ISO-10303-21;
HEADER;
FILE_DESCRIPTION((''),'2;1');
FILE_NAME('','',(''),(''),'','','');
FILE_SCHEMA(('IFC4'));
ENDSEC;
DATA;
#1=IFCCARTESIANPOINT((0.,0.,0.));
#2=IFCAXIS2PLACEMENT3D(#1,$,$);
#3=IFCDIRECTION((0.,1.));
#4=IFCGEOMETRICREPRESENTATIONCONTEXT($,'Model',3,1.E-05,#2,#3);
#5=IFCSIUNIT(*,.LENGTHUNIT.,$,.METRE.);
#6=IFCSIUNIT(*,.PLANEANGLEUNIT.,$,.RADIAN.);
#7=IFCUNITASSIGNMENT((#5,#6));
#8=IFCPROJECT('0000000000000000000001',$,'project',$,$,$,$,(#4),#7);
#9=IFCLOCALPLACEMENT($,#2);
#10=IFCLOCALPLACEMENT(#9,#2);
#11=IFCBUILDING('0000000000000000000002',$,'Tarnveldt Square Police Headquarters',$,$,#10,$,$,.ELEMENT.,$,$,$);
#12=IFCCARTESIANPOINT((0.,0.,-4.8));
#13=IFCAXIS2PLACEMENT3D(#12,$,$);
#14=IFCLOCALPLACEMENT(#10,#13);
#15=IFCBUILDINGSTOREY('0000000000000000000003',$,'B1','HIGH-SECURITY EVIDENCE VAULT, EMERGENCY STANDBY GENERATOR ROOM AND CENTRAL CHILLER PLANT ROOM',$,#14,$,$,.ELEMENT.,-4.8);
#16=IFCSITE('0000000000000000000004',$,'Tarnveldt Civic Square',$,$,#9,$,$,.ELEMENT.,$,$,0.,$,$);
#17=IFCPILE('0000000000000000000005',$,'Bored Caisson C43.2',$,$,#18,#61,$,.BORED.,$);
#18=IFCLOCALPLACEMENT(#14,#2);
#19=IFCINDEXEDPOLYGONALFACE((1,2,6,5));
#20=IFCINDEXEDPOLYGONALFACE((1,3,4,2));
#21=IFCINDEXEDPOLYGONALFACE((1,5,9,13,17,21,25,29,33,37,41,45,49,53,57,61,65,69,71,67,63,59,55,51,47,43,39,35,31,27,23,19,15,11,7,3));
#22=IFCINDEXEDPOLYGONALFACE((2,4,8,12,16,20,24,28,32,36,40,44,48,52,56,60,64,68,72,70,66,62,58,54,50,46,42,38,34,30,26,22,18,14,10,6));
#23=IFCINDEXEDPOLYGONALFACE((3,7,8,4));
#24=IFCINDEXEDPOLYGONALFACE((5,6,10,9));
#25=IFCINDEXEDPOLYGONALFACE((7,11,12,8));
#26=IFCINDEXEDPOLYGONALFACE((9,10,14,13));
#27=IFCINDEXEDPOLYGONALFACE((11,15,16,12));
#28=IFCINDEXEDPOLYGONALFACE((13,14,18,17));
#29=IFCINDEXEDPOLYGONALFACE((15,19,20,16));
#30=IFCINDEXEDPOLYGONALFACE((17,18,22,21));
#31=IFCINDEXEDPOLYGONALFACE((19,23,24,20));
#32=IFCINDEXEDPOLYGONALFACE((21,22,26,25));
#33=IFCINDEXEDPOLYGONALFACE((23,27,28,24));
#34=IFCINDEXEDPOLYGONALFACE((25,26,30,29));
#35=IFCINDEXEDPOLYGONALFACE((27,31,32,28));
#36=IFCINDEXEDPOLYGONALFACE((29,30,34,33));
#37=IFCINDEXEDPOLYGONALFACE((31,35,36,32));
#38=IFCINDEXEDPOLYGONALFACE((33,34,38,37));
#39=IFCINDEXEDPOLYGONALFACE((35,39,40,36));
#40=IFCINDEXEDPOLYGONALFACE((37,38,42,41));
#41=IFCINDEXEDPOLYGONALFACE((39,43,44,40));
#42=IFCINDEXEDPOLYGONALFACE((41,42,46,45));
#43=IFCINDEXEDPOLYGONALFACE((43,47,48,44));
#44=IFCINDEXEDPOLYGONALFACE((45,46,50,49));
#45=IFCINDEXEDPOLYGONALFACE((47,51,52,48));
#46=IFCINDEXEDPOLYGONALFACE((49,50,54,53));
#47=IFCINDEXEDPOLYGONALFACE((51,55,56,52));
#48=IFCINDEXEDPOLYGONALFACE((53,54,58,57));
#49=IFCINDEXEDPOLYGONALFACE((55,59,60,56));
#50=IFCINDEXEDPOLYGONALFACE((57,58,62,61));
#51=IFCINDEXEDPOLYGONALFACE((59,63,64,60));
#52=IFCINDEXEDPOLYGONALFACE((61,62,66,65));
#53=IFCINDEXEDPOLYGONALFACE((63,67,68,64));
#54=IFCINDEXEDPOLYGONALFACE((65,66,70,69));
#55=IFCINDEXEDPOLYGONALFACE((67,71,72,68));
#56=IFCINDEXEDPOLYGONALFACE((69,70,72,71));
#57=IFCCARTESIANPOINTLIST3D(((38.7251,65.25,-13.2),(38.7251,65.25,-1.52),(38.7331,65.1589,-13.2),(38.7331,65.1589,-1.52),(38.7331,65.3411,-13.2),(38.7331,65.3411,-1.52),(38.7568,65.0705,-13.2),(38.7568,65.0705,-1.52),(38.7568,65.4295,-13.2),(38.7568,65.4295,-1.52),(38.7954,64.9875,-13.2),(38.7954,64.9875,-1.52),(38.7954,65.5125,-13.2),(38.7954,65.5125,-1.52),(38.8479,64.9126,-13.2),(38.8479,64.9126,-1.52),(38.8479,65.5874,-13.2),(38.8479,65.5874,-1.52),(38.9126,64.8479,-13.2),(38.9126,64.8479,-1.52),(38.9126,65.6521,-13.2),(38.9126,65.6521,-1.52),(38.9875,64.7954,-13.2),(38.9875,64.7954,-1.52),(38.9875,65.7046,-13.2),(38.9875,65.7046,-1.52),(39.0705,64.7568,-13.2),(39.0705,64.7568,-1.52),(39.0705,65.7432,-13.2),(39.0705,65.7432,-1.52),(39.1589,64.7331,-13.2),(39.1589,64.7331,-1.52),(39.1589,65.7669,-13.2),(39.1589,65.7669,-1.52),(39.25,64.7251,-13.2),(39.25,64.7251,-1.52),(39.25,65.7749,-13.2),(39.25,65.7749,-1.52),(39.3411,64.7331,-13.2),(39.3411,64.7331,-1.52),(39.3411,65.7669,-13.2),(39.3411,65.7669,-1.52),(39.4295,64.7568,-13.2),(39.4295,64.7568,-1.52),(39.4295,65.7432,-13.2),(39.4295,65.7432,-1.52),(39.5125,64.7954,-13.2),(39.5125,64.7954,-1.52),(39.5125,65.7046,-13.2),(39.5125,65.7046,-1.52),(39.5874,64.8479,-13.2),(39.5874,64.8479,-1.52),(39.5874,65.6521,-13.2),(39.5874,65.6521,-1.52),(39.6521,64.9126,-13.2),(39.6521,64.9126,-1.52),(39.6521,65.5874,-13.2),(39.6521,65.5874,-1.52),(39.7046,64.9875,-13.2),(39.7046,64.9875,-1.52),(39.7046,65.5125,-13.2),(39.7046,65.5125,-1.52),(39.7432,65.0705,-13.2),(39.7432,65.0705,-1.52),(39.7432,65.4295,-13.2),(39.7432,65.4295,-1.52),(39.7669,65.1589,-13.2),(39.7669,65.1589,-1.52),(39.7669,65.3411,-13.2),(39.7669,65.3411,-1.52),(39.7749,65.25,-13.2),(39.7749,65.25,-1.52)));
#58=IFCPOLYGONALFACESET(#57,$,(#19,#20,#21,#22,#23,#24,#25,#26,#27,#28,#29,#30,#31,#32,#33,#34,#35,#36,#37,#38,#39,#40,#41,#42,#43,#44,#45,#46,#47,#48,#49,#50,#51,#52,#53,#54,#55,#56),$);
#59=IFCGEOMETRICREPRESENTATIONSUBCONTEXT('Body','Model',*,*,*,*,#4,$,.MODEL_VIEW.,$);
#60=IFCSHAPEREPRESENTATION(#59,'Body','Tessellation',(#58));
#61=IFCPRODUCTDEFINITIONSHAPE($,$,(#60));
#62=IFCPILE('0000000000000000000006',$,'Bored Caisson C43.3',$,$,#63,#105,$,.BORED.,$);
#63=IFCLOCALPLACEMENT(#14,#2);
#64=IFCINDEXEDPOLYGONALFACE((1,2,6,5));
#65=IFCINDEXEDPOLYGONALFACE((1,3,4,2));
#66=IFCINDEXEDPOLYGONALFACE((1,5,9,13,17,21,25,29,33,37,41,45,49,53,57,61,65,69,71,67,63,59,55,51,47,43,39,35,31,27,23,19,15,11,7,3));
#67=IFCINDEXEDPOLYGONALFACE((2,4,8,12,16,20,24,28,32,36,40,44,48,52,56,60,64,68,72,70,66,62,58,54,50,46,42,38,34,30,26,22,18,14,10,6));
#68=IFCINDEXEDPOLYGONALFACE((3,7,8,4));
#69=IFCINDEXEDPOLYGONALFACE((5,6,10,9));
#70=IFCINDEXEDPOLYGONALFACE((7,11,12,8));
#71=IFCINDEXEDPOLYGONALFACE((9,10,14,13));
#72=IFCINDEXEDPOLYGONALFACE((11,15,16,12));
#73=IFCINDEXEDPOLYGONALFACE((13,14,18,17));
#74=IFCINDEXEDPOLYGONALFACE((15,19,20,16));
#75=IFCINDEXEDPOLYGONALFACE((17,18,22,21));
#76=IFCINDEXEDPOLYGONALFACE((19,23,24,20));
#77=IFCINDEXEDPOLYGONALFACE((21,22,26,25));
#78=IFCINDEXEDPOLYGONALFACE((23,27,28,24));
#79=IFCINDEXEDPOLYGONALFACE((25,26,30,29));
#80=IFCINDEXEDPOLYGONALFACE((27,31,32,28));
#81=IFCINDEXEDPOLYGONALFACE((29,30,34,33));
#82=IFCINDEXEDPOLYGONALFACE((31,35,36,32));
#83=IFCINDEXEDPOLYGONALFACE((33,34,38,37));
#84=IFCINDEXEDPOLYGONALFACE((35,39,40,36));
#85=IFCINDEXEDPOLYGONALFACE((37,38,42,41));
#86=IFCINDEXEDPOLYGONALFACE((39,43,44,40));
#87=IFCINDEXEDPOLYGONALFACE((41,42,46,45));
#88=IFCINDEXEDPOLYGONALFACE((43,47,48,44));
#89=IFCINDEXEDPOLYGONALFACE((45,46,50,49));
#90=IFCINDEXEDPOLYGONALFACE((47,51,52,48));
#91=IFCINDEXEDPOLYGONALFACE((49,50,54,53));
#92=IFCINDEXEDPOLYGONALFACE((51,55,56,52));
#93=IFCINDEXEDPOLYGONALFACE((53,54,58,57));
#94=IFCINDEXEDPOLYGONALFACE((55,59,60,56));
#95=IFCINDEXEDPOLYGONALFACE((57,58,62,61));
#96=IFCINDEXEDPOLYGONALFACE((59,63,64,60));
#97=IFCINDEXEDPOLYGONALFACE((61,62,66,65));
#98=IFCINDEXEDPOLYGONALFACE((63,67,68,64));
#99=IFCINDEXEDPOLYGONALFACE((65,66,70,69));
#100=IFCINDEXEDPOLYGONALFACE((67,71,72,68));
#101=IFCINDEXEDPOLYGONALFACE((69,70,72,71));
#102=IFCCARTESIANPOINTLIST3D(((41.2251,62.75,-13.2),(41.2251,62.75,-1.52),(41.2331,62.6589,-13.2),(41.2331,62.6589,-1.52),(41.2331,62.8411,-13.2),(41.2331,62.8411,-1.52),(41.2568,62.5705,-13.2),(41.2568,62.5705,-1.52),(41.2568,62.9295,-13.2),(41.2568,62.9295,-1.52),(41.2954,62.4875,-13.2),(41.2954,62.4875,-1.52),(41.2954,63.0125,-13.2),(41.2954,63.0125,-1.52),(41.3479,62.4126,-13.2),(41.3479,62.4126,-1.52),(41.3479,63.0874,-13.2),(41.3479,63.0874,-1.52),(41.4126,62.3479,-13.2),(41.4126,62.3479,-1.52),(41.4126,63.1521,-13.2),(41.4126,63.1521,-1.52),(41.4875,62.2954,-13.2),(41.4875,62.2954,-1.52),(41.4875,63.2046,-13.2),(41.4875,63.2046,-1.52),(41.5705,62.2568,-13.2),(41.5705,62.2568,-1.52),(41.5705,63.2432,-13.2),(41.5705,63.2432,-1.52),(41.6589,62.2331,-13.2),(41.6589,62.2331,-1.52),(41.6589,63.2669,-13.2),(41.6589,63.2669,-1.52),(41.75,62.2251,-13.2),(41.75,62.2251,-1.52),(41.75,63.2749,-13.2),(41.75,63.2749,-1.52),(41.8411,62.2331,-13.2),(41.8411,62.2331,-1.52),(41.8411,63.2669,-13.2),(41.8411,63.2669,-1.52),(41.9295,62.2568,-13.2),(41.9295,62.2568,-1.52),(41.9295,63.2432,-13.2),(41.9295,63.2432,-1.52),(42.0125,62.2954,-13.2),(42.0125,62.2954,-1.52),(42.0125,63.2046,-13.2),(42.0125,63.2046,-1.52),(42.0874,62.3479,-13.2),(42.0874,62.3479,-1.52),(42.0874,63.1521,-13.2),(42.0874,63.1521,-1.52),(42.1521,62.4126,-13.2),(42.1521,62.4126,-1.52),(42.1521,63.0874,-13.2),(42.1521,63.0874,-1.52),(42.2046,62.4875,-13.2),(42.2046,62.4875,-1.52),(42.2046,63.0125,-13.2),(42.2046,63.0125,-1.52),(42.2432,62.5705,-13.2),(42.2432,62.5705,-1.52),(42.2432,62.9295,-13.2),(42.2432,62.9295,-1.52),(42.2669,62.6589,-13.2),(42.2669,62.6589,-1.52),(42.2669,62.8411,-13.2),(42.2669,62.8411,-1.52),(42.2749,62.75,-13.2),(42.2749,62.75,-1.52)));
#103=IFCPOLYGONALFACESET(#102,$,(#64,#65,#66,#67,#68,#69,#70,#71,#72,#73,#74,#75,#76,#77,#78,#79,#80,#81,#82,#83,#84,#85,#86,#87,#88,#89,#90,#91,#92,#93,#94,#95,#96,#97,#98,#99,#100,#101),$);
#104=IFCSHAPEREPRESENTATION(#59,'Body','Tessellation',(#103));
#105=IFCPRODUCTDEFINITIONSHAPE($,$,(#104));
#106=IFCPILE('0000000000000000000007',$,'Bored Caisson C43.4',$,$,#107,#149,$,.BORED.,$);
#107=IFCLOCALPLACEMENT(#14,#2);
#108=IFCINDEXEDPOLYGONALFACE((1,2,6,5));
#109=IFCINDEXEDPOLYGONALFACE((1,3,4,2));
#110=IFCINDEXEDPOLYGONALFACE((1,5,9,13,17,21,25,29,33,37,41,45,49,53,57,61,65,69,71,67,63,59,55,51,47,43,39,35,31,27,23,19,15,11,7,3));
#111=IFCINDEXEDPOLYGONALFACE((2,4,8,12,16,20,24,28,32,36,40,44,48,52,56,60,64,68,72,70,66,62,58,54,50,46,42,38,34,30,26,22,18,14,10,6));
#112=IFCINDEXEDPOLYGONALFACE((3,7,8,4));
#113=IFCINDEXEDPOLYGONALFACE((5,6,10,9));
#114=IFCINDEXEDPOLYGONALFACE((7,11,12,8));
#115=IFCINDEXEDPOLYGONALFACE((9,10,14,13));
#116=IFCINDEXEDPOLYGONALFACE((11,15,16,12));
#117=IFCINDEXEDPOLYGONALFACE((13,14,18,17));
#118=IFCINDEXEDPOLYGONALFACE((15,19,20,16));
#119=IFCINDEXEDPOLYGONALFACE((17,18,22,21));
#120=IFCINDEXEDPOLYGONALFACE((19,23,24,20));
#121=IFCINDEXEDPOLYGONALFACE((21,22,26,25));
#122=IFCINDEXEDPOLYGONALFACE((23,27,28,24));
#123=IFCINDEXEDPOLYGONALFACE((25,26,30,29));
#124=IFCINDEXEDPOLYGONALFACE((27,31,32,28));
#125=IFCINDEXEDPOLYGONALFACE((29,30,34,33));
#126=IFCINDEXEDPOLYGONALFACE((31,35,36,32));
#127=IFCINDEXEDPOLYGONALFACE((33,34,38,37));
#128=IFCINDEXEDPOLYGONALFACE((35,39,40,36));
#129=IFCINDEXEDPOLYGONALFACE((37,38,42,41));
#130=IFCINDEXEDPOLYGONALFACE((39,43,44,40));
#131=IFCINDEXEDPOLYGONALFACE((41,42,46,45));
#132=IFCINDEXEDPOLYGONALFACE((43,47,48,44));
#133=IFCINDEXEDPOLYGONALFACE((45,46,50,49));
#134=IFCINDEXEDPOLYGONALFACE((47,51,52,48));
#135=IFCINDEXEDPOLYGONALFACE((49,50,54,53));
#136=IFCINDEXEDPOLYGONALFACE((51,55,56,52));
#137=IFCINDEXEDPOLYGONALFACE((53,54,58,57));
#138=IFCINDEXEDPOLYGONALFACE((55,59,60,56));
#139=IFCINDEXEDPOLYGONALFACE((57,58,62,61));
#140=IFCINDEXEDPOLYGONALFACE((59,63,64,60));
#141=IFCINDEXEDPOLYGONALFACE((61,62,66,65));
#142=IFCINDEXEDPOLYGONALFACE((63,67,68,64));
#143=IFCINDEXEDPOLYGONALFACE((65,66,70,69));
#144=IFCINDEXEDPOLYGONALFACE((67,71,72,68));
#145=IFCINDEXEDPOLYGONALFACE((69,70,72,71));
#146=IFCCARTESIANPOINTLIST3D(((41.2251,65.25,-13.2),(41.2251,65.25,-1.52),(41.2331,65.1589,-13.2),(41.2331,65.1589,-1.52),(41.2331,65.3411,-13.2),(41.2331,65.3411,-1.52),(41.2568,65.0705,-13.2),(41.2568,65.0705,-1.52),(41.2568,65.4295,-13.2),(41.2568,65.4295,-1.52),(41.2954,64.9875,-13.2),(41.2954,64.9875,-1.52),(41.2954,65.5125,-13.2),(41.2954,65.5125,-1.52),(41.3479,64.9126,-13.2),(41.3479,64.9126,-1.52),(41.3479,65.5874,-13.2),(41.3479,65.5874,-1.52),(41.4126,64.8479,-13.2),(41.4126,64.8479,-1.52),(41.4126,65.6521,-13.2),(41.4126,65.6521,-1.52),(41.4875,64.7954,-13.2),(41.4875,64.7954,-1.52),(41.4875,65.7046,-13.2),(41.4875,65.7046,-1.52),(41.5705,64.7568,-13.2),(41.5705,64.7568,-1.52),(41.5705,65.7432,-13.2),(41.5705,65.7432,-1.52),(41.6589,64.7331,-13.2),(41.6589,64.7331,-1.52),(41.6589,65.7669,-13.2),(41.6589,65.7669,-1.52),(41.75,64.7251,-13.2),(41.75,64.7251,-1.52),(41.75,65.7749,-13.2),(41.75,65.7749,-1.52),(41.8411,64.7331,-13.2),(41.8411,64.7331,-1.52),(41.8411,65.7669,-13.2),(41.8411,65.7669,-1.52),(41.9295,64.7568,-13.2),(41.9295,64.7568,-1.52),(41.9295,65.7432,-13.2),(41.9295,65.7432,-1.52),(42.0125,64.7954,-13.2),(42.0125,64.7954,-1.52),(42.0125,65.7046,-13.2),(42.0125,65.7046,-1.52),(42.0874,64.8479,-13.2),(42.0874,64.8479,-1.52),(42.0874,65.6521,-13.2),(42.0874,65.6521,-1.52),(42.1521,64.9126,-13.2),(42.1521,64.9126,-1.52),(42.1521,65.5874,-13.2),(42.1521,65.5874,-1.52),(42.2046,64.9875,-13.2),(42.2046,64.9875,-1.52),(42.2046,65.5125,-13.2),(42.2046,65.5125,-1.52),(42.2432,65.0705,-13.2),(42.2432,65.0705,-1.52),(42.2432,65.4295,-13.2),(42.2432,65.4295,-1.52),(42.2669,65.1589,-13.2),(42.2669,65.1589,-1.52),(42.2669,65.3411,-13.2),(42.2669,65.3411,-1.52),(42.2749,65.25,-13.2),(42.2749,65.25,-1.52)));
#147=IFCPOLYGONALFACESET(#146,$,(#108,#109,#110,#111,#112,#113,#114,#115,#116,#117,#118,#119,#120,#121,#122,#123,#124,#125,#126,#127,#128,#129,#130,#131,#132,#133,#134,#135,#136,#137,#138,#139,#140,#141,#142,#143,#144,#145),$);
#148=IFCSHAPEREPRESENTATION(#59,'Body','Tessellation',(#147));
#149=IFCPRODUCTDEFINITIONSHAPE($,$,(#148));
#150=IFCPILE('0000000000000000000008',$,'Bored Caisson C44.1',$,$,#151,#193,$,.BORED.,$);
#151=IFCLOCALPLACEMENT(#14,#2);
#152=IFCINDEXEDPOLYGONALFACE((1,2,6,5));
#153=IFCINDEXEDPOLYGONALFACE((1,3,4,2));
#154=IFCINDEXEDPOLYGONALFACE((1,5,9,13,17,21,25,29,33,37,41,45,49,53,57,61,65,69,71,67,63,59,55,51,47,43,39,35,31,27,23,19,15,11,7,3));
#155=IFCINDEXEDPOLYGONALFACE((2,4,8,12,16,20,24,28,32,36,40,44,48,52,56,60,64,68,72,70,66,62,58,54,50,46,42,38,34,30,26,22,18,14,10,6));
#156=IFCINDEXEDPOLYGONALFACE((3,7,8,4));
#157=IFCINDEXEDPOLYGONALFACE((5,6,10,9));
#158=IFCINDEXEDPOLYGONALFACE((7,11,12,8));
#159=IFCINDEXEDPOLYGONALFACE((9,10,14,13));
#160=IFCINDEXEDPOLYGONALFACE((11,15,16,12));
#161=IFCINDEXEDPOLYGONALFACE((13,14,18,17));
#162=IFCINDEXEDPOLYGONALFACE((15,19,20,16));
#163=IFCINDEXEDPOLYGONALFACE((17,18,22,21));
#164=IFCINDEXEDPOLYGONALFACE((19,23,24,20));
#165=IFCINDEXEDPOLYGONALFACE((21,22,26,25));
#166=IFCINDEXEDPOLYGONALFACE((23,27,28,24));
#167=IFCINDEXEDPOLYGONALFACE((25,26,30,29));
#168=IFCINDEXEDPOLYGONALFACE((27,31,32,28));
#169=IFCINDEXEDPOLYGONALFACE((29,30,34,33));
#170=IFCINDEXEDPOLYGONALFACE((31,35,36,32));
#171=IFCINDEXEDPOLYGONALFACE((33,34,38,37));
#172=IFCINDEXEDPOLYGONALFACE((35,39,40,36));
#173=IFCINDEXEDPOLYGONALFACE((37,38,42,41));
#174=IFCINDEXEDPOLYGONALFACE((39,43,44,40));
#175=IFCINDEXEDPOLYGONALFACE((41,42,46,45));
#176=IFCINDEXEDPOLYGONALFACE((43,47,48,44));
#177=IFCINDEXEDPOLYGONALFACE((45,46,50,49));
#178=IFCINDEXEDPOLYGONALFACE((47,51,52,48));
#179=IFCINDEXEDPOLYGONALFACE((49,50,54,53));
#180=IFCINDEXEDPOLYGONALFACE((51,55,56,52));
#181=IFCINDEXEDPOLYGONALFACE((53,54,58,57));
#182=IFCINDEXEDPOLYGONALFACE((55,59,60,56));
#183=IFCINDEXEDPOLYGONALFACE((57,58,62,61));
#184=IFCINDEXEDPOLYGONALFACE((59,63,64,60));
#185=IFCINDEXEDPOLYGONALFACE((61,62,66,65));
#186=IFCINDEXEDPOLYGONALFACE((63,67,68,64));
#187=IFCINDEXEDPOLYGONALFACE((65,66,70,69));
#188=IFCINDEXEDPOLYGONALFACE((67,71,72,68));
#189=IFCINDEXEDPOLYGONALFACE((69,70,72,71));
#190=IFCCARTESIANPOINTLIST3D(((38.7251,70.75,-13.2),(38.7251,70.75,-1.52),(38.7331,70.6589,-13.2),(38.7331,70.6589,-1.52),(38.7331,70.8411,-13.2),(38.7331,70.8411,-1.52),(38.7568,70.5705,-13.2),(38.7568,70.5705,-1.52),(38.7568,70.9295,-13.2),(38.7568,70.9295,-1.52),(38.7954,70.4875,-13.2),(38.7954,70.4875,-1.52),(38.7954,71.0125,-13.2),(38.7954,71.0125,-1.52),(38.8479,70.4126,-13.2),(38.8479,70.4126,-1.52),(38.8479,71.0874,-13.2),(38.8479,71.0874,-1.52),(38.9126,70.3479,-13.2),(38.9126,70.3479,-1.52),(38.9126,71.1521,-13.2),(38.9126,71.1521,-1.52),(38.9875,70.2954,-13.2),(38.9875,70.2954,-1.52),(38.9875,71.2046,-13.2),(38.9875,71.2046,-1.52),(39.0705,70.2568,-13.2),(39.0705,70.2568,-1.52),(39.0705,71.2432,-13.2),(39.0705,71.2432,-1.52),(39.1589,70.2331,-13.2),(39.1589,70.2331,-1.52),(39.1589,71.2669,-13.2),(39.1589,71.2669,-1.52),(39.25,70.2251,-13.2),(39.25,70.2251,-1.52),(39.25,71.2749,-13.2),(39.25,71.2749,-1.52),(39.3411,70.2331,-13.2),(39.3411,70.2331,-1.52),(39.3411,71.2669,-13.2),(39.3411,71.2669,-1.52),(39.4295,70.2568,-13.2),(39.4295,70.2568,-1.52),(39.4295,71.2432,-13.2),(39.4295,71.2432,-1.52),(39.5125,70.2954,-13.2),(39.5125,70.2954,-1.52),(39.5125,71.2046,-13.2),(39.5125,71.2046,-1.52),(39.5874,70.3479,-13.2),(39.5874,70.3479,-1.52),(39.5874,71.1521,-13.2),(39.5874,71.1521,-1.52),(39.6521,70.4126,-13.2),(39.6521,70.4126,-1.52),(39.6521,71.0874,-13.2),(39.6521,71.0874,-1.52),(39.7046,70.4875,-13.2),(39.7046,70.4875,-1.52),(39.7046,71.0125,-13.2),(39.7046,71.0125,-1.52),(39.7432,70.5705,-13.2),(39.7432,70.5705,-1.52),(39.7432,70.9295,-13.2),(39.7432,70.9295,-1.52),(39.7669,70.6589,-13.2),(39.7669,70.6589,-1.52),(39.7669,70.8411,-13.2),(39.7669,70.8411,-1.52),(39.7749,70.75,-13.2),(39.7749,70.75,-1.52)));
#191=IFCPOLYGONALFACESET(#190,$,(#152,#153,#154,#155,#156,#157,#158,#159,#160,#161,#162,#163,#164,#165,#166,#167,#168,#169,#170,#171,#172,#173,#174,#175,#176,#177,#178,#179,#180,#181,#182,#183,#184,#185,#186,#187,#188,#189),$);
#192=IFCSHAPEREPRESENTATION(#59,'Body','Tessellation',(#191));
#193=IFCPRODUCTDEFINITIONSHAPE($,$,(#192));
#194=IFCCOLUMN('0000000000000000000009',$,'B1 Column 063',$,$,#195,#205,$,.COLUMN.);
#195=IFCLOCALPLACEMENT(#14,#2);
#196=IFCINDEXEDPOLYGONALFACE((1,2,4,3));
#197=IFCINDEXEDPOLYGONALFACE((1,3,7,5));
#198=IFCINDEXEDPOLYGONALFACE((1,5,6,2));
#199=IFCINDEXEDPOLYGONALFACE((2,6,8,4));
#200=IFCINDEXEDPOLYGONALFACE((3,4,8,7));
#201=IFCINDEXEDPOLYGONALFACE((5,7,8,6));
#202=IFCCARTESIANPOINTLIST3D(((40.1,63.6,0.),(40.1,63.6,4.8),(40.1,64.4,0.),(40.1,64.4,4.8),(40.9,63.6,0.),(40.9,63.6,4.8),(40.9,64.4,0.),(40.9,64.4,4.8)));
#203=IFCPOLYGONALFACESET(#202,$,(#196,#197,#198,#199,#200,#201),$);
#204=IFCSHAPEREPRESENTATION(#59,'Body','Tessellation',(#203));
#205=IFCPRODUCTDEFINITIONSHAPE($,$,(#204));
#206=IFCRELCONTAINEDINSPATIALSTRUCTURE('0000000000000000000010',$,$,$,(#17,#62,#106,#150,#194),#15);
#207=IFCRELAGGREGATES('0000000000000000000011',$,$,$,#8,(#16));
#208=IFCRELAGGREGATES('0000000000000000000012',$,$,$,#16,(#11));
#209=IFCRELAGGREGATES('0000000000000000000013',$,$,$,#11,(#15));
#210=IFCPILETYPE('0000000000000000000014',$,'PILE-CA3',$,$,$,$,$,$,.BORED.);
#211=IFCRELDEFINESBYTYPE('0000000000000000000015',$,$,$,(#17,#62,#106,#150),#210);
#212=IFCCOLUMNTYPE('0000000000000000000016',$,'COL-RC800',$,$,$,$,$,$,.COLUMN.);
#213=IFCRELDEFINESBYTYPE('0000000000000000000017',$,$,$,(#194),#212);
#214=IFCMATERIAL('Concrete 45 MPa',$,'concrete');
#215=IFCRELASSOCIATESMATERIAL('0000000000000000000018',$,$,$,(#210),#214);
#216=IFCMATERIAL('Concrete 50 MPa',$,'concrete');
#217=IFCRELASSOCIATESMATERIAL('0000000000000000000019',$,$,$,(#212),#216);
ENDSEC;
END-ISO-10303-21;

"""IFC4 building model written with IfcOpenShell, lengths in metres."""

from ifc_helpers import new_model, si_unit, direction, frame, origin, origin_2d, place, context, subcontext, project, spatial, rectangle, circle, extrude, material, material_profile, profile_set, type_object, element, save


model = new_model("IFC4")

# Units and contexts
model_context = context("Model", 3, precision=1e-05, world=origin(), true_north=direction((0.0, 1.0)))
body_context = subcontext(model_context, "Body", "Model", "MODEL_VIEW")
ifc_project = project(units=[si_unit("LENGTHUNIT", "METRE"), si_unit("PLANEANGLEUNIT", "RADIAN")], contexts=[model_context])

# Site, building, storey
site_placement = place(None, origin())
site = spatial("IfcSite", under=ifc_project, at=site_placement, Name="Tarnveldt Civic Square", CompositionType="ELEMENT", RefElevation=0.0)
building_placement = place(site_placement, origin())
building = spatial("IfcBuilding", under=site, at=building_placement, Name="Tarnveldt Square Police Headquarters", CompositionType="ELEMENT")
storey_placement = place(building_placement, frame((0.0, 0.0, -4.8)))
storey = spatial("IfcBuildingStorey", under=building, at=storey_placement, Name="B1", Description="HIGH-SECURITY EVIDENCE VAULT, EMERGENCY STANDBY GENERATOR ROOM AND CENTRAL CHILLER PLANT ROOM", CompositionType="ELEMENT", Elevation=-4.8)

# Shared definitions
ifc_material_1 = material(Name="Concrete 45 MPa", Category="concrete")

# Piles
ifc_material_profile_1 = material_profile(ifc_material_1, circle(Radius=0.5249, at=origin_2d()), Name="CAISSON-D1050")
ifc_profile_set_1 = profile_set([ifc_material_profile_1], Name="Concrete 45 MPa")
pile_type = type_object("IfcPileType", Name="PILE-CA3", PredefinedType="BORED", material=ifc_profile_set_1)
for number, where, z_axis, x_axis, name in (
    (1, (39.25, 65.25, -1.52), (0.0, 0.0, -1.0), (1.0, 0.0, 0.0), "Bored Caisson C43.2"),
    (2, (41.75, 62.75, -1.52), (0.0, 0.0, -1.0), (1.0, 0.0, 0.0), "Bored Caisson C43.3"),
    (3, (41.75, 65.25, -1.52), (0.0, 0.0, -1.0), (1.0, 0.0, 0.0), "Bored Caisson C43.4"),
    (4, (39.25, 70.75, -1.52), (0.0, 0.0, -1.0), (1.0, 0.0, 0.0), "Bored Caisson C44.1"),
):
    element("IfcPile", number, at=place(storey_placement, frame(where, z_axis=z_axis, x_axis=x_axis)), inside=storey, type_object=pile_type, Name=name, PredefinedType="BORED", context=body_context, shape_type="SweptSolid", body=[
        extrude(circle(Radius=0.5249, at=origin_2d()), origin(), (0.0, 0.0, 1.0), 11.6799),
    ])

# Column
ifc_material_2 = material(Name="Concrete 50 MPa", Category="concrete")
ifc_material_profile_2 = material_profile(ifc_material_2, rectangle(XDim=0.8, YDim=0.8, at=origin_2d()), Name="RC-C800x800")
ifc_profile_set_2 = profile_set([ifc_material_profile_2], Name="Concrete 50 MPa")
column_type = type_object("IfcColumnType", Name="COL-RC800", PredefinedType="COLUMN", material=ifc_profile_set_2)
column_placement = place(storey_placement, frame((40.5, 64.0, 0.0), z_axis=(0.0, 0.0, 1.0), x_axis=(1.0, 0.0, 0.0)))
element("IfcColumn", 5, at=column_placement, inside=storey, type_object=column_type, Name="B1 Column 063", PredefinedType="COLUMN", context=body_context, shape_type="SweptSolid", body=[
    extrude(rectangle(XDim=0.8, YDim=0.8, at=origin_2d()), origin(), (0.0, 0.0, 1.0), 4.8),
])

save(model, "model.ifc")
